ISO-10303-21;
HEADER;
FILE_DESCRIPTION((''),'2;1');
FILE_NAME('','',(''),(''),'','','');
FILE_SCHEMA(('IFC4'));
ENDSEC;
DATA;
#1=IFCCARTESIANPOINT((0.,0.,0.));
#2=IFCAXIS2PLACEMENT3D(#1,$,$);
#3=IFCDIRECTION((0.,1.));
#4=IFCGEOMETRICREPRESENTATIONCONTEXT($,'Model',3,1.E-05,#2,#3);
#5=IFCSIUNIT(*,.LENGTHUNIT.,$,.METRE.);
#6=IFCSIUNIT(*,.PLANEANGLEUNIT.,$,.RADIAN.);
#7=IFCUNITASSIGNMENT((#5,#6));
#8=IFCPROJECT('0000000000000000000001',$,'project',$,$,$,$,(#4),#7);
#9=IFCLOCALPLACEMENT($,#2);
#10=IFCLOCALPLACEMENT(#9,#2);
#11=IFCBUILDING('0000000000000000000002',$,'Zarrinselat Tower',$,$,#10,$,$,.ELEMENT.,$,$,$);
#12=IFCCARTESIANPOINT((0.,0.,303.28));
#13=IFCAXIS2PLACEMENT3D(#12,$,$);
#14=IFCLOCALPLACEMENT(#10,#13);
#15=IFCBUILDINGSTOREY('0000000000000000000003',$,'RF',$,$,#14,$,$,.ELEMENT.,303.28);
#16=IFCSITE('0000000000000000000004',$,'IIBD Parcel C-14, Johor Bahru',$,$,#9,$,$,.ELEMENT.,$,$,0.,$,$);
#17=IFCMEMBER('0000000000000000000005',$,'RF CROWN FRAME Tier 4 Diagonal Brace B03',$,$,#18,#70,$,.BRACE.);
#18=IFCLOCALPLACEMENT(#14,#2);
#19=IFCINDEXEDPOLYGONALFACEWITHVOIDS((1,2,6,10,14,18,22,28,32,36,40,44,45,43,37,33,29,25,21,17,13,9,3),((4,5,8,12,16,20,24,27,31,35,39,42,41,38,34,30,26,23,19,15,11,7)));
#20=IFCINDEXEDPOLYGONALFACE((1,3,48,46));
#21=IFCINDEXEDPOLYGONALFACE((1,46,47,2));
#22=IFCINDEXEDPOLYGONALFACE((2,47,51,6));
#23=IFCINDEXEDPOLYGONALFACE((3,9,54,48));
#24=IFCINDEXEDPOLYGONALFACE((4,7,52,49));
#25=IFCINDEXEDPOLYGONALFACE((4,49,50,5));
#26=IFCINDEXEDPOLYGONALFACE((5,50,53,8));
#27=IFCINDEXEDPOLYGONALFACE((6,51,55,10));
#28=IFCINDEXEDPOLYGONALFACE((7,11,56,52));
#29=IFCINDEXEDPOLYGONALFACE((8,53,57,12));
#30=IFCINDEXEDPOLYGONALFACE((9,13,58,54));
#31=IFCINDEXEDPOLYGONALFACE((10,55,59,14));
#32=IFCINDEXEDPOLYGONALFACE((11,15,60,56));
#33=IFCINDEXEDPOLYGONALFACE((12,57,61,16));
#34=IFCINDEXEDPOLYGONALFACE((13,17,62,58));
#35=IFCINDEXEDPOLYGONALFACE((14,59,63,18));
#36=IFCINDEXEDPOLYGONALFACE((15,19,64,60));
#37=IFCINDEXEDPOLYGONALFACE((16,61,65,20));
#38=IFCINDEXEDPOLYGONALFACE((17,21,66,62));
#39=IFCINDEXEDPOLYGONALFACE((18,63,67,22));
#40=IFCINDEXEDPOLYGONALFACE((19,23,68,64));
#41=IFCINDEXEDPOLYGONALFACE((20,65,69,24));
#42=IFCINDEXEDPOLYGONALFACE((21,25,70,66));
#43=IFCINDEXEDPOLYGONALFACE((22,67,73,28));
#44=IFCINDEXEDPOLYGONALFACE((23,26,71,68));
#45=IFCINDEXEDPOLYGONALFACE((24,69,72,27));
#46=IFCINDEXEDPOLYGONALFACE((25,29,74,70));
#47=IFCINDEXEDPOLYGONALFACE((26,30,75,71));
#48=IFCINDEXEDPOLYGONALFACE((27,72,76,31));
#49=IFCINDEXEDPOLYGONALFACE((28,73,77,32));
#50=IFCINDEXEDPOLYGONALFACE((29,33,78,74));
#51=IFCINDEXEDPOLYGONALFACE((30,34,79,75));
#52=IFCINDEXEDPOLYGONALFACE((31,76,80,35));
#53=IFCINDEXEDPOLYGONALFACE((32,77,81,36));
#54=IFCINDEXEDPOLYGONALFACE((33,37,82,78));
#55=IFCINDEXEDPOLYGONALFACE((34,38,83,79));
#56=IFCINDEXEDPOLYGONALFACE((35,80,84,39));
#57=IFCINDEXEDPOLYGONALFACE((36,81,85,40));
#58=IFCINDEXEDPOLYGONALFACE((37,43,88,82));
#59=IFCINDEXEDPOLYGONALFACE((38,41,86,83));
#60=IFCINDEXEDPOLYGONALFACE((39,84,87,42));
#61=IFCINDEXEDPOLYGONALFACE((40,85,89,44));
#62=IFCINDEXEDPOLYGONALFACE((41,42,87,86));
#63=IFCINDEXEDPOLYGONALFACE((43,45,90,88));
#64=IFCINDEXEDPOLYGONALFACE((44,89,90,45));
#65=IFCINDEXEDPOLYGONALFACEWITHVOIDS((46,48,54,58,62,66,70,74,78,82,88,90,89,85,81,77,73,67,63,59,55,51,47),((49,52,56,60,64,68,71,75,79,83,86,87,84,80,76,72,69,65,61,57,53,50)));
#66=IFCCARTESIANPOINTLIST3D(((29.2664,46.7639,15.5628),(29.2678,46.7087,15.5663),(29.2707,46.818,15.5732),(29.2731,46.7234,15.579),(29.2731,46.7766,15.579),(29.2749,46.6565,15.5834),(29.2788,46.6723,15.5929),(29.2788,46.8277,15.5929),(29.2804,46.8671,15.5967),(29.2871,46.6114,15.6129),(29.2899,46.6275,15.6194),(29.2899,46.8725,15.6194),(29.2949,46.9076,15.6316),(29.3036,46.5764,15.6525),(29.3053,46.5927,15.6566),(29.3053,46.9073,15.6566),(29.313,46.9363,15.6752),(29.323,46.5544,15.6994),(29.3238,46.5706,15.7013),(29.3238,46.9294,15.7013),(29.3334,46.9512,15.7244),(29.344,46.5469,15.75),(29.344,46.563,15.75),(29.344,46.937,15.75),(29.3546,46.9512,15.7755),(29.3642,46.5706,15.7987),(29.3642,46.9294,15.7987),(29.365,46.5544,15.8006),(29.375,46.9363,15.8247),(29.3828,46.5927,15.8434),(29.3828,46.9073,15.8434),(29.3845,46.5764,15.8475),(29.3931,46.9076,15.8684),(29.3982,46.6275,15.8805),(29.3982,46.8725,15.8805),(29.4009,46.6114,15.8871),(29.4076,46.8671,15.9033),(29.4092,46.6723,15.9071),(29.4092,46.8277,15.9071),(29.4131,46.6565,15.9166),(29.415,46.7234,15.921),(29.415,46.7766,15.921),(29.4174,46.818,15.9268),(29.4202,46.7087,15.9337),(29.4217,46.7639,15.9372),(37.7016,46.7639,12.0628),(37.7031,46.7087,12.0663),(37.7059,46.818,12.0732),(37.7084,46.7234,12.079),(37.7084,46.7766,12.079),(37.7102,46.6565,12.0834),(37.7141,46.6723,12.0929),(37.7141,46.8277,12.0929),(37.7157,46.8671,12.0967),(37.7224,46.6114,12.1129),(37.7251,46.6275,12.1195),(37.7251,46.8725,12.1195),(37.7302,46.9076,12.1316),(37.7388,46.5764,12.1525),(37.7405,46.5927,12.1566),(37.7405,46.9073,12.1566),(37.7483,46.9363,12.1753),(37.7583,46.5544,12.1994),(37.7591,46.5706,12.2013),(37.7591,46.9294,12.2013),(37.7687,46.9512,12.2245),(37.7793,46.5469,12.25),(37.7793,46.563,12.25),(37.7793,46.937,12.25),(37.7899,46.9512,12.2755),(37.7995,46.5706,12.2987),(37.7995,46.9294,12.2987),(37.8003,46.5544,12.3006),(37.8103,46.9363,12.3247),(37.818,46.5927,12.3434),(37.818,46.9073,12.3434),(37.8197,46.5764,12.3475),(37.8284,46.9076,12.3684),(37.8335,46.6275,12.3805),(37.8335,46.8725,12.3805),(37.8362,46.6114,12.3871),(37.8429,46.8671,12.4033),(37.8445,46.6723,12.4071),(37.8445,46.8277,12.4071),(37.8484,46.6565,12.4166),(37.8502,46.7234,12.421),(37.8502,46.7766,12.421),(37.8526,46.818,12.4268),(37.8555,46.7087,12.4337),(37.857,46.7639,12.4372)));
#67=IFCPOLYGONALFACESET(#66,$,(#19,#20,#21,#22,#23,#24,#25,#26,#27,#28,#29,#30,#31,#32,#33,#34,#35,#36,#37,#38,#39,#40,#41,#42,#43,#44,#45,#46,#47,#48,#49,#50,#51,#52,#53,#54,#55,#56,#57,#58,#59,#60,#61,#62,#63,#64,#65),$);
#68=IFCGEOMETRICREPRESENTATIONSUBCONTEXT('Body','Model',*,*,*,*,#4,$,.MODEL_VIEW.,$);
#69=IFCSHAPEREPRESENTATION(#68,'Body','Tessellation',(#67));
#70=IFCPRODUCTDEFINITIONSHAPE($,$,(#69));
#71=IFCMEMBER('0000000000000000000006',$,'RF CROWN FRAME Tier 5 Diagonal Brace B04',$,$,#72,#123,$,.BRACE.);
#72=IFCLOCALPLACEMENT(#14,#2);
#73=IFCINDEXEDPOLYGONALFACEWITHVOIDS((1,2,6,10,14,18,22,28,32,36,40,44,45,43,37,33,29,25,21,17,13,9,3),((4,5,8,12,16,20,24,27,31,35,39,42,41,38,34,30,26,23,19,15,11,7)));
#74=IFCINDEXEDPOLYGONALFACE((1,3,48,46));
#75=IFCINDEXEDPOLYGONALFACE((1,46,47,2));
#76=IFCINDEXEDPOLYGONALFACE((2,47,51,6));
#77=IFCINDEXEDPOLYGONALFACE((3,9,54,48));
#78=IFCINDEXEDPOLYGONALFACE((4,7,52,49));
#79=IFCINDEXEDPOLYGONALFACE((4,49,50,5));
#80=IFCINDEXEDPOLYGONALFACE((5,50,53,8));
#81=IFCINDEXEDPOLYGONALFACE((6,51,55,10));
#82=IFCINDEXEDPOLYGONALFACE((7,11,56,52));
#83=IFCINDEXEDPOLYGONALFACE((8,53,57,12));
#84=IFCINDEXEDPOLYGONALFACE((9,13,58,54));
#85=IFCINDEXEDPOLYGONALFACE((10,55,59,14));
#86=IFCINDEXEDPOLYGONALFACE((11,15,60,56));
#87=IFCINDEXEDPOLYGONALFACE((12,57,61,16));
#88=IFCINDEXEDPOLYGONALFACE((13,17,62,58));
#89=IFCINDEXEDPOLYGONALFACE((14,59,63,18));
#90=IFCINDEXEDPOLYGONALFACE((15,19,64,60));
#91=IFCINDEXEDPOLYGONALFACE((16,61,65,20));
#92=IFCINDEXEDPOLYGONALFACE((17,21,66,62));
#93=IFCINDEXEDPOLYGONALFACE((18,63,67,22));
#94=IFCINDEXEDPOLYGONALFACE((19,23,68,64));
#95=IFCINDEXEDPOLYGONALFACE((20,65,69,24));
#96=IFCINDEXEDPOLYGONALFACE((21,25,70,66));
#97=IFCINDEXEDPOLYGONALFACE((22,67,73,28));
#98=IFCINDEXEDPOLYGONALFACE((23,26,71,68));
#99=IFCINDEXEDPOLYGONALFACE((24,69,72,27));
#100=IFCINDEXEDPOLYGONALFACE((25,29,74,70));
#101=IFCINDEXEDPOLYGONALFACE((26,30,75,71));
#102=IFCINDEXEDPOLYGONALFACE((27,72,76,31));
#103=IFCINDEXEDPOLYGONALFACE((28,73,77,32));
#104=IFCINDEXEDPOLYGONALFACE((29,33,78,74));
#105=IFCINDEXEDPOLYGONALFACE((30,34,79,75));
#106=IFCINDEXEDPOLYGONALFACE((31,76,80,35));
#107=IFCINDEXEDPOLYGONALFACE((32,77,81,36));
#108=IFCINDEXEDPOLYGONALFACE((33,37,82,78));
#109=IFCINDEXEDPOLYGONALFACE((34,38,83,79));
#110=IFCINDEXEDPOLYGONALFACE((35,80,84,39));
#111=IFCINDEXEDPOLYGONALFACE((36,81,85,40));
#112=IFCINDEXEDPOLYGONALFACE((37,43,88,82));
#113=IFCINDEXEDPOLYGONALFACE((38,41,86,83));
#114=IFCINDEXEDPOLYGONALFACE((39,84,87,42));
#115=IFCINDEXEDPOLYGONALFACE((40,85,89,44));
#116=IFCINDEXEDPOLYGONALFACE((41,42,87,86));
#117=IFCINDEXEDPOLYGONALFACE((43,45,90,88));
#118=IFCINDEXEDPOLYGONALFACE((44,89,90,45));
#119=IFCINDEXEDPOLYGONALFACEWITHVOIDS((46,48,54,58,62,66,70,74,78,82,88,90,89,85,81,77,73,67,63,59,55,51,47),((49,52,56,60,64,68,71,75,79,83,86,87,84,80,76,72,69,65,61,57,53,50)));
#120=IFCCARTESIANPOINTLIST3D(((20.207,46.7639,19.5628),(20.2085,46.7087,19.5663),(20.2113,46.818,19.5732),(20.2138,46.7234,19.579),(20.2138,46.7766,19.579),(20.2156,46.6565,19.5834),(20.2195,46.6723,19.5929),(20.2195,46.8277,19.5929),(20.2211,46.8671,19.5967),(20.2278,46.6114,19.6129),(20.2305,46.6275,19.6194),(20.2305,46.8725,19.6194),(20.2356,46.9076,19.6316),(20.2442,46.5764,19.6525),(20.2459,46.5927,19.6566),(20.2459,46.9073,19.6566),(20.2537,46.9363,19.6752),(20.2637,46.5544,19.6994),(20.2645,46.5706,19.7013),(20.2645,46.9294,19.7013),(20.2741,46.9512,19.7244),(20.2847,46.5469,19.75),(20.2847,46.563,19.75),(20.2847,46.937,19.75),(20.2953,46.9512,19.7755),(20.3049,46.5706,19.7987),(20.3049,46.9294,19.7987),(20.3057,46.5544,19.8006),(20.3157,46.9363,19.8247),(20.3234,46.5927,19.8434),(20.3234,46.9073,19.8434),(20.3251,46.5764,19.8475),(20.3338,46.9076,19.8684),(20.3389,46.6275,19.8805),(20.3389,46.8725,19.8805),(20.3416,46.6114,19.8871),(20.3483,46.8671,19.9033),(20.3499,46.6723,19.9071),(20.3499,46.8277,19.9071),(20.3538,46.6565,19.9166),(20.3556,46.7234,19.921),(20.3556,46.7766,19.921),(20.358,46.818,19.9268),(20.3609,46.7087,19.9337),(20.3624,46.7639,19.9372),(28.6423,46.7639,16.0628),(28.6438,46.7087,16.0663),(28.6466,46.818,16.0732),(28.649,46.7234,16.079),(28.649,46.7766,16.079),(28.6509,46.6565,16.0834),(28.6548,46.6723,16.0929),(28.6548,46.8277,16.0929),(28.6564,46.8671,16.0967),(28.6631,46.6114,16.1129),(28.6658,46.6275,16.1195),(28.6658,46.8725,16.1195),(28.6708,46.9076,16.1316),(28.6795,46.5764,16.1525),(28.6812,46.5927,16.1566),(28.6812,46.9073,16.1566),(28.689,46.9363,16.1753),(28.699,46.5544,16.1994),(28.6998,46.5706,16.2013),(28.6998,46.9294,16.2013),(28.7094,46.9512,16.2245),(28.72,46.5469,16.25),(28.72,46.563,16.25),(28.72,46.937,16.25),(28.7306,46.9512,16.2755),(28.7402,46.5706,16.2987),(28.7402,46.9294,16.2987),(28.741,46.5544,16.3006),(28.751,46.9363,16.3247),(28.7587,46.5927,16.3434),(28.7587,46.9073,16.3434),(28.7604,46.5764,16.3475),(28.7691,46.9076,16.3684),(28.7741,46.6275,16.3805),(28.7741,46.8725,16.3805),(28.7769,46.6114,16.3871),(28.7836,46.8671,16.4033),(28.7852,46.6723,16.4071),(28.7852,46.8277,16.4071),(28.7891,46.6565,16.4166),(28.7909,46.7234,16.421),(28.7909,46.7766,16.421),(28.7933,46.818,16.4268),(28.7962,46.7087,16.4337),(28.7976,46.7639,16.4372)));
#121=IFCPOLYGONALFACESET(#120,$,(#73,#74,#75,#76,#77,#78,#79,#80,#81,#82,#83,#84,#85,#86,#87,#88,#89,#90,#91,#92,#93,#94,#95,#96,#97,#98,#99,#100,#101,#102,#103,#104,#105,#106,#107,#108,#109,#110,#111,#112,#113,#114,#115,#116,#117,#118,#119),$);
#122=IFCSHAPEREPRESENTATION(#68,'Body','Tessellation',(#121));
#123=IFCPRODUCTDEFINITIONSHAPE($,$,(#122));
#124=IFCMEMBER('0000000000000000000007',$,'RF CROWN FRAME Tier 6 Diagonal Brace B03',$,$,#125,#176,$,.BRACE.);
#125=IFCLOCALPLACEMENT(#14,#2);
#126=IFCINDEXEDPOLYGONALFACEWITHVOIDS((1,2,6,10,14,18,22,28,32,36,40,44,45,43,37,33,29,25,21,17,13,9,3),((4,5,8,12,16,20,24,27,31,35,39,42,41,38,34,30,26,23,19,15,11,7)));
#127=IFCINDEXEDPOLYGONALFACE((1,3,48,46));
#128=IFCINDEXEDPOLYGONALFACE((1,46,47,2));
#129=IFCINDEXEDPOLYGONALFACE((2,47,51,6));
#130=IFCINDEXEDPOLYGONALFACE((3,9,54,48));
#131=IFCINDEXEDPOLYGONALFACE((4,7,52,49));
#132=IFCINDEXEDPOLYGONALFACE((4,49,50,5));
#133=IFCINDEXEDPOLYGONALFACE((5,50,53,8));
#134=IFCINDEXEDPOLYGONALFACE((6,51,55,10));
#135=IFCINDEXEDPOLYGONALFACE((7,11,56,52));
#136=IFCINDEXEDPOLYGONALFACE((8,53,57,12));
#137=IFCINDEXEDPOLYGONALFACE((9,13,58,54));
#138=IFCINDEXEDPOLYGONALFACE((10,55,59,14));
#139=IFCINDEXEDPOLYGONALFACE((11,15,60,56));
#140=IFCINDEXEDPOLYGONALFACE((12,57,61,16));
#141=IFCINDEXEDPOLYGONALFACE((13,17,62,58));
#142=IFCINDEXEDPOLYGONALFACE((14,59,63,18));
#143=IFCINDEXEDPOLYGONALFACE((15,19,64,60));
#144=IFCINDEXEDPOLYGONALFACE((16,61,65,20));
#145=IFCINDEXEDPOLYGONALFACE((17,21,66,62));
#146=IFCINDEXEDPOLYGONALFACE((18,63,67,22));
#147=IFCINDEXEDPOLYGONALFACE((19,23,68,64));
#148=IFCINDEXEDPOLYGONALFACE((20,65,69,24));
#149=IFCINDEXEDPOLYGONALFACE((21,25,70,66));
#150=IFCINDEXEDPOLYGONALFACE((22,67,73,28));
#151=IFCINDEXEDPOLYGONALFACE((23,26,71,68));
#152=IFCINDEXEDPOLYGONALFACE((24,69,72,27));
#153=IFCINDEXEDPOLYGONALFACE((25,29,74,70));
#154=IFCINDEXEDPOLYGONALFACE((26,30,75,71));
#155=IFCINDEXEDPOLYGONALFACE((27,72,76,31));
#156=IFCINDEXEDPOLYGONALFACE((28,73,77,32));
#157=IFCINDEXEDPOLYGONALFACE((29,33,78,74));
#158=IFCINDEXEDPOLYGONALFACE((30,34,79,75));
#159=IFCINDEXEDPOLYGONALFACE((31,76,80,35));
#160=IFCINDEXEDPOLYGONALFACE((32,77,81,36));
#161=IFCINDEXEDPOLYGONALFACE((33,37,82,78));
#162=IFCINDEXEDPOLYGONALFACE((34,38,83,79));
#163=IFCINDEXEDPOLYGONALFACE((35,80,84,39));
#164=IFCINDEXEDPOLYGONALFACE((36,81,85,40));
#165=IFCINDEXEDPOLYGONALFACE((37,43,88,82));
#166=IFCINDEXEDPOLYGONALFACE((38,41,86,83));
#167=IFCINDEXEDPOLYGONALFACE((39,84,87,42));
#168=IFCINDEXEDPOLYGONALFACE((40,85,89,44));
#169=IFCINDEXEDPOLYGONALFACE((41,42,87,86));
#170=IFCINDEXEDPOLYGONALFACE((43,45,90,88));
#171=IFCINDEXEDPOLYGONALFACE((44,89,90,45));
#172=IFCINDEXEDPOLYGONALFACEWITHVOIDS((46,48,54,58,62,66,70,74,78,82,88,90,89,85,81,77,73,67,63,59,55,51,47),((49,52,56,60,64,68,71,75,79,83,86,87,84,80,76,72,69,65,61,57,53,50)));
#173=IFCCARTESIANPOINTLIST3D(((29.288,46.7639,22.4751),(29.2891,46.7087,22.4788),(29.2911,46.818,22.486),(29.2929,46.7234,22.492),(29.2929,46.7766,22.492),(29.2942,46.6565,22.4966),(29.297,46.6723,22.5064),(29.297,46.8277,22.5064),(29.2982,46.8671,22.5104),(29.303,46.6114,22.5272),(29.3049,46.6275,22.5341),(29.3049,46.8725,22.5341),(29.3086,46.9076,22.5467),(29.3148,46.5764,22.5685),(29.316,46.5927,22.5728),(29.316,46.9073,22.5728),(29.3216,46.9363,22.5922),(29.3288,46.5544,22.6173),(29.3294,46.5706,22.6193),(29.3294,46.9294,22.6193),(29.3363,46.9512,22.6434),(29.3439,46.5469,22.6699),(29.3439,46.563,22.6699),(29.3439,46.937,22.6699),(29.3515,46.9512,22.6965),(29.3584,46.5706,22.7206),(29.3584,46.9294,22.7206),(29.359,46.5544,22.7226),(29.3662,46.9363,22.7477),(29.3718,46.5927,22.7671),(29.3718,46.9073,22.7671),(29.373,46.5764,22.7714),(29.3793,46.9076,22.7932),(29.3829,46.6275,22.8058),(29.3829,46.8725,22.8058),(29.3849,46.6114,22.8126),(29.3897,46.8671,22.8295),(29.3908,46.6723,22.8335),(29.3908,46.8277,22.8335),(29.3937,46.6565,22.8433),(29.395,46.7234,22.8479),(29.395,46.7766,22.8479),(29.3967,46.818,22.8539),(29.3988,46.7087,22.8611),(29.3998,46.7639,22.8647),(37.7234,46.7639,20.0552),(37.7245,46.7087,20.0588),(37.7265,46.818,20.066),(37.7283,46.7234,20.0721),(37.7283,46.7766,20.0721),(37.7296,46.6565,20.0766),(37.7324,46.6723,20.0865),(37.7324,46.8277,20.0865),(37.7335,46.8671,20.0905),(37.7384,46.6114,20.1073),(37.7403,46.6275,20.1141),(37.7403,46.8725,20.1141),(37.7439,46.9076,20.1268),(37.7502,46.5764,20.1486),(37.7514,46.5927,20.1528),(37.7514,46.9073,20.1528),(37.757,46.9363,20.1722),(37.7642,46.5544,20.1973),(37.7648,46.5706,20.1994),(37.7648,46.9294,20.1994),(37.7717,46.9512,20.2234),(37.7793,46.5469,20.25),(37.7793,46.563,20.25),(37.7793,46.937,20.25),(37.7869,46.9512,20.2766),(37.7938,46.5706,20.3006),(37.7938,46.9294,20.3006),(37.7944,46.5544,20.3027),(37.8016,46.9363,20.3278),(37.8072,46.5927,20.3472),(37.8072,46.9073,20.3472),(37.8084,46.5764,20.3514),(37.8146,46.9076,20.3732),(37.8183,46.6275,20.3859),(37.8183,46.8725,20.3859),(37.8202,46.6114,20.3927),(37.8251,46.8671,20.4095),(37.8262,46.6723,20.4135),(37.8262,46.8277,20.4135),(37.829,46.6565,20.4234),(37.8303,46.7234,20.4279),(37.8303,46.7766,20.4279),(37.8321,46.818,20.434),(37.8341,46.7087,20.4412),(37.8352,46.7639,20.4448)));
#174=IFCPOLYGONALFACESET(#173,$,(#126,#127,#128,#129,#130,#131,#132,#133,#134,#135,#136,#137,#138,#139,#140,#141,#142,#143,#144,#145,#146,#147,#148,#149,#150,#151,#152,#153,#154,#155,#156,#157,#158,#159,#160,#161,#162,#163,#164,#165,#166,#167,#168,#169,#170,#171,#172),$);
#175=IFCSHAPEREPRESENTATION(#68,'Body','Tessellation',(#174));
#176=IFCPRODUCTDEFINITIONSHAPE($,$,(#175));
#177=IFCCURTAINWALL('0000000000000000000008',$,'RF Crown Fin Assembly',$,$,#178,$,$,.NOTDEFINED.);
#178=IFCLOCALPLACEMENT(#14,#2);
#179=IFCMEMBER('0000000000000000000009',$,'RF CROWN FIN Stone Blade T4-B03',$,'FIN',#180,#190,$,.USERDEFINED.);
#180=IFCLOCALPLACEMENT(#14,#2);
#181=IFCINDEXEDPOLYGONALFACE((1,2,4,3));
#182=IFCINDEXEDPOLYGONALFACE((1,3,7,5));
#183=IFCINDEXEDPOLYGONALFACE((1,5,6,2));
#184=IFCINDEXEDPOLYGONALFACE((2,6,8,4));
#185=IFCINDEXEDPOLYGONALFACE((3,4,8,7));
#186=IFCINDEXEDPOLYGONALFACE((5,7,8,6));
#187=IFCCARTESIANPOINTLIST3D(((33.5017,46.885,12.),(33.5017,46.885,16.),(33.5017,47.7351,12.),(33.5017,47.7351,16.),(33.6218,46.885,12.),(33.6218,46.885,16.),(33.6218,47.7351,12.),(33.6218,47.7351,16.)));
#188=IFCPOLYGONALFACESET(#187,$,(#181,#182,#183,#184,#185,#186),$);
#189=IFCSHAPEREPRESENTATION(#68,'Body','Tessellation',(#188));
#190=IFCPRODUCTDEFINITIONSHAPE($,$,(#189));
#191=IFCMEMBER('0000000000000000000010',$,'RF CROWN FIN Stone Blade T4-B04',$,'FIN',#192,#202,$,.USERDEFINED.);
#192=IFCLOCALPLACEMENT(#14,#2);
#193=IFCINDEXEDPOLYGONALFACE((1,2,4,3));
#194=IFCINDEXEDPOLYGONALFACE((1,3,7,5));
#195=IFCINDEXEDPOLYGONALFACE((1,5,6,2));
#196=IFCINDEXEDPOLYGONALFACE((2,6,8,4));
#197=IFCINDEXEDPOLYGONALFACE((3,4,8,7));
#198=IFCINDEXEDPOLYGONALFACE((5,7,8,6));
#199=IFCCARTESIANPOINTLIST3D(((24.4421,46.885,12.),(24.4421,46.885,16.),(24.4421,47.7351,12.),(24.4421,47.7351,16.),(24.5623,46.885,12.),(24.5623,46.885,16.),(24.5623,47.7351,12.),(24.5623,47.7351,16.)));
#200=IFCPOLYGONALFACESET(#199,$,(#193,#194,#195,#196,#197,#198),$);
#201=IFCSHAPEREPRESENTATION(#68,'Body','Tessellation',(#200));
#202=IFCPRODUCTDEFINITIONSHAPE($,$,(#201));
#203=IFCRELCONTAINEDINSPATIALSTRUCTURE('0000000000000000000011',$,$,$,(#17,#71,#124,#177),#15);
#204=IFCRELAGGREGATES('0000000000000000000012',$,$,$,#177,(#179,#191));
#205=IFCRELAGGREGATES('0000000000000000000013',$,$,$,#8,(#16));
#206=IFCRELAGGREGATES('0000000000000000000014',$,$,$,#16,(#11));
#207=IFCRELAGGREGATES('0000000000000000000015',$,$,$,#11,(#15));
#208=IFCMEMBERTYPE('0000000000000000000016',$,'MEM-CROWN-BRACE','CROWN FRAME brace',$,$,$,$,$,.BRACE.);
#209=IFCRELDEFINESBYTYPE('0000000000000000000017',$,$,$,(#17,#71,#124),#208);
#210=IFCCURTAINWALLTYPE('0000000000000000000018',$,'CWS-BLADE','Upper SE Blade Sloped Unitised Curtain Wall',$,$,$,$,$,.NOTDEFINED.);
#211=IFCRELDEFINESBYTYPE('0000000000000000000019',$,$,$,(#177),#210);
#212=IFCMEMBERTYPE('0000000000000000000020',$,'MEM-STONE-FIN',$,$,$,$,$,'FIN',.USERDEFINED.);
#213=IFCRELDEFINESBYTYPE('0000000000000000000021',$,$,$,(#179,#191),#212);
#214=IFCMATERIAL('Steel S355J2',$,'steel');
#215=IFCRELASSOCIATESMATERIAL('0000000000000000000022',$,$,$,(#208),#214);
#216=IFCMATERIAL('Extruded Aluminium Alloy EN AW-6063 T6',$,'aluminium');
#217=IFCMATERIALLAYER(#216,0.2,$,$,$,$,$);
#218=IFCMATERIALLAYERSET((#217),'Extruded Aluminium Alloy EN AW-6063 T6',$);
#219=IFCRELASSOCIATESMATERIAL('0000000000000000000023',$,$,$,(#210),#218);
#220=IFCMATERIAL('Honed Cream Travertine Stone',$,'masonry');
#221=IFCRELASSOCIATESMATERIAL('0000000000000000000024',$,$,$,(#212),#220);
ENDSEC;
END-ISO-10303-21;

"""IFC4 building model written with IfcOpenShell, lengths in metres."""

from ifc_helpers import new_model, si_unit, direction, frame, origin, origin_2d, place, context, subcontext, project, spatial, rectangle, hollow_circle, extrude, material, layer, layer_set, material_profile, profile_set, type_object, element, aggregate, save


model = new_model("IFC4")

# Units and contexts
model_context = context("Model", 3, precision=1e-05, world=origin(), true_north=direction((0.0, 1.0)))
body_context = subcontext(model_context, "Body", "Model", "MODEL_VIEW")
ifc_project = project(units=[si_unit("LENGTHUNIT", "METRE"), si_unit("PLANEANGLEUNIT", "RADIAN")], contexts=[model_context])

# Site, building, storey
site_placement = place(None, origin())
site = spatial("IfcSite", under=ifc_project, at=site_placement, Name="IIBD Parcel C-14, Johor Bahru", CompositionType="ELEMENT", RefElevation=0.0)
building_placement = place(site_placement, origin())
building = spatial("IfcBuilding", under=site, at=building_placement, Name="Zarrinselat Tower", CompositionType="ELEMENT")
storey_placement = place(building_placement, frame((0.0, 0.0, 303.28)))
storey = spatial("IfcBuildingStorey", under=building, at=storey_placement, Name="RF", CompositionType="ELEMENT", Elevation=303.28)

# Members
ifc_material_1 = material(Name="Steel S355J2", Category="steel")
ifc_material_profile_1 = material_profile(ifc_material_1, hollow_circle(Radius=0.2031, WallThickness=0.0161, at=origin_2d()), Name="CHS 406.4x16")
ifc_profile_set_1 = profile_set([ifc_material_profile_1], Name="Steel S355J2")
member_type_1 = type_object("IfcMemberType", Name="MEM-CROWN-BRACE", Description="CROWN FRAME brace", PredefinedType="BRACE", material=ifc_profile_set_1)
for number, where, z_axis, x_axis, name in (
    (1, (37.7793, 46.75, 12.25), (-0.923648, 0.0, 0.383243), (0.0, -1.0, 0.0), "RF CROWN FRAME Tier 4 Diagonal Brace B03"),
    (2, (28.72, 46.75, 16.25), (-0.923648, 0.0, 0.383243), (0.0, -1.0, 0.0), "RF CROWN FRAME Tier 5 Diagonal Brace B04"),
):
    element("IfcMember", number, at=place(storey_placement, frame(where, z_axis=z_axis, x_axis=x_axis)), inside=storey, type_object=member_type_1, Name=name, PredefinedType="BRACE", context=body_context, shape_type="SweptSolid", body=[
        extrude(hollow_circle(Radius=0.2031, WallThickness=0.0161, at=origin_2d()), origin(), (0.0, 0.0, 1.0), 9.1326),
    ])
member_1_placement = place(storey_placement, frame((37.7793, 46.75, 20.25), z_axis=(-0.961227, 0.0, 0.275757), x_axis=(0.0, -1.0, 0.0)))
element("IfcMember", 3, at=member_1_placement, inside=storey, type_object=member_type_1, Name="RF CROWN FRAME Tier 6 Diagonal Brace B03", PredefinedType="BRACE", context=body_context, shape_type="SweptSolid", body=[
    extrude(hollow_circle(Radius=0.2031, WallThickness=0.0161, at=origin_2d()), origin(), (0.0, 0.0, 1.0), 8.7756),
])

# Curtain wall, members
ifc_material_2 = material(Name="Extruded Aluminium Alloy EN AW-6063 T6", Category="aluminium")
ifc_layer_1 = layer(ifc_material_2, 0.2)
ifc_layer_set_1 = layer_set([ifc_layer_1], Name="Extruded Aluminium Alloy EN AW-6063 T6")
curtain_wall_type = type_object("IfcCurtainWallType", Name="CWS-BLADE", Description="Upper SE Blade Sloped Unitised Curtain Wall", PredefinedType="NOTDEFINED", material=ifc_layer_set_1)
curtain_wall_placement = place(storey_placement, origin())
curtain_wall = element("IfcCurtainWall", 4, at=curtain_wall_placement, inside=storey, type_object=curtain_wall_type, Name="RF Crown Fin Assembly", PredefinedType="NOTDEFINED")
ifc_material_3 = material(Name="Honed Cream Travertine Stone", Category="masonry")
ifc_material_profile_2 = material_profile(ifc_material_3, rectangle(XDim=0.1201, YDim=0.8501, at=origin_2d()), Name="FIN 850x120")
ifc_profile_set_2 = profile_set([ifc_material_profile_2], Name="Honed Cream Travertine Stone")
member_type_2 = type_object("IfcMemberType", Name="MEM-STONE-FIN", ElementType="FIN", PredefinedType="USERDEFINED", material=ifc_profile_set_2)
member_2_placement = place(storey_placement, frame((33.5618, 47.3101, 12.0), z_axis=(0.0, 0.0, 1.0), x_axis=(1.0, 0.0, 0.0)))
member_2 = element("IfcMember", 5, at=member_2_placement, type_object=member_type_2, Name="RF CROWN FIN Stone Blade T4-B03", ObjectType="FIN", PredefinedType="USERDEFINED", context=body_context, shape_type="SweptSolid", body=[
    extrude(rectangle(XDim=0.1201, YDim=0.8501, at=origin_2d()), origin(), (0.0, 0.0, 1.0), 4.0),
])
member_3_placement = place(storey_placement, frame((24.5022, 47.3101, 12.0), z_axis=(0.0, 0.0, 1.0), x_axis=(1.0, 0.0, 0.0)))
member_3 = element("IfcMember", 6, at=member_3_placement, type_object=member_type_2, Name="RF CROWN FIN Stone Blade T4-B04", ObjectType="FIN", PredefinedType="USERDEFINED", context=body_context, shape_type="SweptSolid", body=[
    extrude(rectangle(XDim=0.1201, YDim=0.8501, at=origin_2d()), origin(), (0.0, 0.0, 1.0), 4.0),
])
aggregate(curtain_wall, [member_2, member_3])

save(model, "model.ifc")
